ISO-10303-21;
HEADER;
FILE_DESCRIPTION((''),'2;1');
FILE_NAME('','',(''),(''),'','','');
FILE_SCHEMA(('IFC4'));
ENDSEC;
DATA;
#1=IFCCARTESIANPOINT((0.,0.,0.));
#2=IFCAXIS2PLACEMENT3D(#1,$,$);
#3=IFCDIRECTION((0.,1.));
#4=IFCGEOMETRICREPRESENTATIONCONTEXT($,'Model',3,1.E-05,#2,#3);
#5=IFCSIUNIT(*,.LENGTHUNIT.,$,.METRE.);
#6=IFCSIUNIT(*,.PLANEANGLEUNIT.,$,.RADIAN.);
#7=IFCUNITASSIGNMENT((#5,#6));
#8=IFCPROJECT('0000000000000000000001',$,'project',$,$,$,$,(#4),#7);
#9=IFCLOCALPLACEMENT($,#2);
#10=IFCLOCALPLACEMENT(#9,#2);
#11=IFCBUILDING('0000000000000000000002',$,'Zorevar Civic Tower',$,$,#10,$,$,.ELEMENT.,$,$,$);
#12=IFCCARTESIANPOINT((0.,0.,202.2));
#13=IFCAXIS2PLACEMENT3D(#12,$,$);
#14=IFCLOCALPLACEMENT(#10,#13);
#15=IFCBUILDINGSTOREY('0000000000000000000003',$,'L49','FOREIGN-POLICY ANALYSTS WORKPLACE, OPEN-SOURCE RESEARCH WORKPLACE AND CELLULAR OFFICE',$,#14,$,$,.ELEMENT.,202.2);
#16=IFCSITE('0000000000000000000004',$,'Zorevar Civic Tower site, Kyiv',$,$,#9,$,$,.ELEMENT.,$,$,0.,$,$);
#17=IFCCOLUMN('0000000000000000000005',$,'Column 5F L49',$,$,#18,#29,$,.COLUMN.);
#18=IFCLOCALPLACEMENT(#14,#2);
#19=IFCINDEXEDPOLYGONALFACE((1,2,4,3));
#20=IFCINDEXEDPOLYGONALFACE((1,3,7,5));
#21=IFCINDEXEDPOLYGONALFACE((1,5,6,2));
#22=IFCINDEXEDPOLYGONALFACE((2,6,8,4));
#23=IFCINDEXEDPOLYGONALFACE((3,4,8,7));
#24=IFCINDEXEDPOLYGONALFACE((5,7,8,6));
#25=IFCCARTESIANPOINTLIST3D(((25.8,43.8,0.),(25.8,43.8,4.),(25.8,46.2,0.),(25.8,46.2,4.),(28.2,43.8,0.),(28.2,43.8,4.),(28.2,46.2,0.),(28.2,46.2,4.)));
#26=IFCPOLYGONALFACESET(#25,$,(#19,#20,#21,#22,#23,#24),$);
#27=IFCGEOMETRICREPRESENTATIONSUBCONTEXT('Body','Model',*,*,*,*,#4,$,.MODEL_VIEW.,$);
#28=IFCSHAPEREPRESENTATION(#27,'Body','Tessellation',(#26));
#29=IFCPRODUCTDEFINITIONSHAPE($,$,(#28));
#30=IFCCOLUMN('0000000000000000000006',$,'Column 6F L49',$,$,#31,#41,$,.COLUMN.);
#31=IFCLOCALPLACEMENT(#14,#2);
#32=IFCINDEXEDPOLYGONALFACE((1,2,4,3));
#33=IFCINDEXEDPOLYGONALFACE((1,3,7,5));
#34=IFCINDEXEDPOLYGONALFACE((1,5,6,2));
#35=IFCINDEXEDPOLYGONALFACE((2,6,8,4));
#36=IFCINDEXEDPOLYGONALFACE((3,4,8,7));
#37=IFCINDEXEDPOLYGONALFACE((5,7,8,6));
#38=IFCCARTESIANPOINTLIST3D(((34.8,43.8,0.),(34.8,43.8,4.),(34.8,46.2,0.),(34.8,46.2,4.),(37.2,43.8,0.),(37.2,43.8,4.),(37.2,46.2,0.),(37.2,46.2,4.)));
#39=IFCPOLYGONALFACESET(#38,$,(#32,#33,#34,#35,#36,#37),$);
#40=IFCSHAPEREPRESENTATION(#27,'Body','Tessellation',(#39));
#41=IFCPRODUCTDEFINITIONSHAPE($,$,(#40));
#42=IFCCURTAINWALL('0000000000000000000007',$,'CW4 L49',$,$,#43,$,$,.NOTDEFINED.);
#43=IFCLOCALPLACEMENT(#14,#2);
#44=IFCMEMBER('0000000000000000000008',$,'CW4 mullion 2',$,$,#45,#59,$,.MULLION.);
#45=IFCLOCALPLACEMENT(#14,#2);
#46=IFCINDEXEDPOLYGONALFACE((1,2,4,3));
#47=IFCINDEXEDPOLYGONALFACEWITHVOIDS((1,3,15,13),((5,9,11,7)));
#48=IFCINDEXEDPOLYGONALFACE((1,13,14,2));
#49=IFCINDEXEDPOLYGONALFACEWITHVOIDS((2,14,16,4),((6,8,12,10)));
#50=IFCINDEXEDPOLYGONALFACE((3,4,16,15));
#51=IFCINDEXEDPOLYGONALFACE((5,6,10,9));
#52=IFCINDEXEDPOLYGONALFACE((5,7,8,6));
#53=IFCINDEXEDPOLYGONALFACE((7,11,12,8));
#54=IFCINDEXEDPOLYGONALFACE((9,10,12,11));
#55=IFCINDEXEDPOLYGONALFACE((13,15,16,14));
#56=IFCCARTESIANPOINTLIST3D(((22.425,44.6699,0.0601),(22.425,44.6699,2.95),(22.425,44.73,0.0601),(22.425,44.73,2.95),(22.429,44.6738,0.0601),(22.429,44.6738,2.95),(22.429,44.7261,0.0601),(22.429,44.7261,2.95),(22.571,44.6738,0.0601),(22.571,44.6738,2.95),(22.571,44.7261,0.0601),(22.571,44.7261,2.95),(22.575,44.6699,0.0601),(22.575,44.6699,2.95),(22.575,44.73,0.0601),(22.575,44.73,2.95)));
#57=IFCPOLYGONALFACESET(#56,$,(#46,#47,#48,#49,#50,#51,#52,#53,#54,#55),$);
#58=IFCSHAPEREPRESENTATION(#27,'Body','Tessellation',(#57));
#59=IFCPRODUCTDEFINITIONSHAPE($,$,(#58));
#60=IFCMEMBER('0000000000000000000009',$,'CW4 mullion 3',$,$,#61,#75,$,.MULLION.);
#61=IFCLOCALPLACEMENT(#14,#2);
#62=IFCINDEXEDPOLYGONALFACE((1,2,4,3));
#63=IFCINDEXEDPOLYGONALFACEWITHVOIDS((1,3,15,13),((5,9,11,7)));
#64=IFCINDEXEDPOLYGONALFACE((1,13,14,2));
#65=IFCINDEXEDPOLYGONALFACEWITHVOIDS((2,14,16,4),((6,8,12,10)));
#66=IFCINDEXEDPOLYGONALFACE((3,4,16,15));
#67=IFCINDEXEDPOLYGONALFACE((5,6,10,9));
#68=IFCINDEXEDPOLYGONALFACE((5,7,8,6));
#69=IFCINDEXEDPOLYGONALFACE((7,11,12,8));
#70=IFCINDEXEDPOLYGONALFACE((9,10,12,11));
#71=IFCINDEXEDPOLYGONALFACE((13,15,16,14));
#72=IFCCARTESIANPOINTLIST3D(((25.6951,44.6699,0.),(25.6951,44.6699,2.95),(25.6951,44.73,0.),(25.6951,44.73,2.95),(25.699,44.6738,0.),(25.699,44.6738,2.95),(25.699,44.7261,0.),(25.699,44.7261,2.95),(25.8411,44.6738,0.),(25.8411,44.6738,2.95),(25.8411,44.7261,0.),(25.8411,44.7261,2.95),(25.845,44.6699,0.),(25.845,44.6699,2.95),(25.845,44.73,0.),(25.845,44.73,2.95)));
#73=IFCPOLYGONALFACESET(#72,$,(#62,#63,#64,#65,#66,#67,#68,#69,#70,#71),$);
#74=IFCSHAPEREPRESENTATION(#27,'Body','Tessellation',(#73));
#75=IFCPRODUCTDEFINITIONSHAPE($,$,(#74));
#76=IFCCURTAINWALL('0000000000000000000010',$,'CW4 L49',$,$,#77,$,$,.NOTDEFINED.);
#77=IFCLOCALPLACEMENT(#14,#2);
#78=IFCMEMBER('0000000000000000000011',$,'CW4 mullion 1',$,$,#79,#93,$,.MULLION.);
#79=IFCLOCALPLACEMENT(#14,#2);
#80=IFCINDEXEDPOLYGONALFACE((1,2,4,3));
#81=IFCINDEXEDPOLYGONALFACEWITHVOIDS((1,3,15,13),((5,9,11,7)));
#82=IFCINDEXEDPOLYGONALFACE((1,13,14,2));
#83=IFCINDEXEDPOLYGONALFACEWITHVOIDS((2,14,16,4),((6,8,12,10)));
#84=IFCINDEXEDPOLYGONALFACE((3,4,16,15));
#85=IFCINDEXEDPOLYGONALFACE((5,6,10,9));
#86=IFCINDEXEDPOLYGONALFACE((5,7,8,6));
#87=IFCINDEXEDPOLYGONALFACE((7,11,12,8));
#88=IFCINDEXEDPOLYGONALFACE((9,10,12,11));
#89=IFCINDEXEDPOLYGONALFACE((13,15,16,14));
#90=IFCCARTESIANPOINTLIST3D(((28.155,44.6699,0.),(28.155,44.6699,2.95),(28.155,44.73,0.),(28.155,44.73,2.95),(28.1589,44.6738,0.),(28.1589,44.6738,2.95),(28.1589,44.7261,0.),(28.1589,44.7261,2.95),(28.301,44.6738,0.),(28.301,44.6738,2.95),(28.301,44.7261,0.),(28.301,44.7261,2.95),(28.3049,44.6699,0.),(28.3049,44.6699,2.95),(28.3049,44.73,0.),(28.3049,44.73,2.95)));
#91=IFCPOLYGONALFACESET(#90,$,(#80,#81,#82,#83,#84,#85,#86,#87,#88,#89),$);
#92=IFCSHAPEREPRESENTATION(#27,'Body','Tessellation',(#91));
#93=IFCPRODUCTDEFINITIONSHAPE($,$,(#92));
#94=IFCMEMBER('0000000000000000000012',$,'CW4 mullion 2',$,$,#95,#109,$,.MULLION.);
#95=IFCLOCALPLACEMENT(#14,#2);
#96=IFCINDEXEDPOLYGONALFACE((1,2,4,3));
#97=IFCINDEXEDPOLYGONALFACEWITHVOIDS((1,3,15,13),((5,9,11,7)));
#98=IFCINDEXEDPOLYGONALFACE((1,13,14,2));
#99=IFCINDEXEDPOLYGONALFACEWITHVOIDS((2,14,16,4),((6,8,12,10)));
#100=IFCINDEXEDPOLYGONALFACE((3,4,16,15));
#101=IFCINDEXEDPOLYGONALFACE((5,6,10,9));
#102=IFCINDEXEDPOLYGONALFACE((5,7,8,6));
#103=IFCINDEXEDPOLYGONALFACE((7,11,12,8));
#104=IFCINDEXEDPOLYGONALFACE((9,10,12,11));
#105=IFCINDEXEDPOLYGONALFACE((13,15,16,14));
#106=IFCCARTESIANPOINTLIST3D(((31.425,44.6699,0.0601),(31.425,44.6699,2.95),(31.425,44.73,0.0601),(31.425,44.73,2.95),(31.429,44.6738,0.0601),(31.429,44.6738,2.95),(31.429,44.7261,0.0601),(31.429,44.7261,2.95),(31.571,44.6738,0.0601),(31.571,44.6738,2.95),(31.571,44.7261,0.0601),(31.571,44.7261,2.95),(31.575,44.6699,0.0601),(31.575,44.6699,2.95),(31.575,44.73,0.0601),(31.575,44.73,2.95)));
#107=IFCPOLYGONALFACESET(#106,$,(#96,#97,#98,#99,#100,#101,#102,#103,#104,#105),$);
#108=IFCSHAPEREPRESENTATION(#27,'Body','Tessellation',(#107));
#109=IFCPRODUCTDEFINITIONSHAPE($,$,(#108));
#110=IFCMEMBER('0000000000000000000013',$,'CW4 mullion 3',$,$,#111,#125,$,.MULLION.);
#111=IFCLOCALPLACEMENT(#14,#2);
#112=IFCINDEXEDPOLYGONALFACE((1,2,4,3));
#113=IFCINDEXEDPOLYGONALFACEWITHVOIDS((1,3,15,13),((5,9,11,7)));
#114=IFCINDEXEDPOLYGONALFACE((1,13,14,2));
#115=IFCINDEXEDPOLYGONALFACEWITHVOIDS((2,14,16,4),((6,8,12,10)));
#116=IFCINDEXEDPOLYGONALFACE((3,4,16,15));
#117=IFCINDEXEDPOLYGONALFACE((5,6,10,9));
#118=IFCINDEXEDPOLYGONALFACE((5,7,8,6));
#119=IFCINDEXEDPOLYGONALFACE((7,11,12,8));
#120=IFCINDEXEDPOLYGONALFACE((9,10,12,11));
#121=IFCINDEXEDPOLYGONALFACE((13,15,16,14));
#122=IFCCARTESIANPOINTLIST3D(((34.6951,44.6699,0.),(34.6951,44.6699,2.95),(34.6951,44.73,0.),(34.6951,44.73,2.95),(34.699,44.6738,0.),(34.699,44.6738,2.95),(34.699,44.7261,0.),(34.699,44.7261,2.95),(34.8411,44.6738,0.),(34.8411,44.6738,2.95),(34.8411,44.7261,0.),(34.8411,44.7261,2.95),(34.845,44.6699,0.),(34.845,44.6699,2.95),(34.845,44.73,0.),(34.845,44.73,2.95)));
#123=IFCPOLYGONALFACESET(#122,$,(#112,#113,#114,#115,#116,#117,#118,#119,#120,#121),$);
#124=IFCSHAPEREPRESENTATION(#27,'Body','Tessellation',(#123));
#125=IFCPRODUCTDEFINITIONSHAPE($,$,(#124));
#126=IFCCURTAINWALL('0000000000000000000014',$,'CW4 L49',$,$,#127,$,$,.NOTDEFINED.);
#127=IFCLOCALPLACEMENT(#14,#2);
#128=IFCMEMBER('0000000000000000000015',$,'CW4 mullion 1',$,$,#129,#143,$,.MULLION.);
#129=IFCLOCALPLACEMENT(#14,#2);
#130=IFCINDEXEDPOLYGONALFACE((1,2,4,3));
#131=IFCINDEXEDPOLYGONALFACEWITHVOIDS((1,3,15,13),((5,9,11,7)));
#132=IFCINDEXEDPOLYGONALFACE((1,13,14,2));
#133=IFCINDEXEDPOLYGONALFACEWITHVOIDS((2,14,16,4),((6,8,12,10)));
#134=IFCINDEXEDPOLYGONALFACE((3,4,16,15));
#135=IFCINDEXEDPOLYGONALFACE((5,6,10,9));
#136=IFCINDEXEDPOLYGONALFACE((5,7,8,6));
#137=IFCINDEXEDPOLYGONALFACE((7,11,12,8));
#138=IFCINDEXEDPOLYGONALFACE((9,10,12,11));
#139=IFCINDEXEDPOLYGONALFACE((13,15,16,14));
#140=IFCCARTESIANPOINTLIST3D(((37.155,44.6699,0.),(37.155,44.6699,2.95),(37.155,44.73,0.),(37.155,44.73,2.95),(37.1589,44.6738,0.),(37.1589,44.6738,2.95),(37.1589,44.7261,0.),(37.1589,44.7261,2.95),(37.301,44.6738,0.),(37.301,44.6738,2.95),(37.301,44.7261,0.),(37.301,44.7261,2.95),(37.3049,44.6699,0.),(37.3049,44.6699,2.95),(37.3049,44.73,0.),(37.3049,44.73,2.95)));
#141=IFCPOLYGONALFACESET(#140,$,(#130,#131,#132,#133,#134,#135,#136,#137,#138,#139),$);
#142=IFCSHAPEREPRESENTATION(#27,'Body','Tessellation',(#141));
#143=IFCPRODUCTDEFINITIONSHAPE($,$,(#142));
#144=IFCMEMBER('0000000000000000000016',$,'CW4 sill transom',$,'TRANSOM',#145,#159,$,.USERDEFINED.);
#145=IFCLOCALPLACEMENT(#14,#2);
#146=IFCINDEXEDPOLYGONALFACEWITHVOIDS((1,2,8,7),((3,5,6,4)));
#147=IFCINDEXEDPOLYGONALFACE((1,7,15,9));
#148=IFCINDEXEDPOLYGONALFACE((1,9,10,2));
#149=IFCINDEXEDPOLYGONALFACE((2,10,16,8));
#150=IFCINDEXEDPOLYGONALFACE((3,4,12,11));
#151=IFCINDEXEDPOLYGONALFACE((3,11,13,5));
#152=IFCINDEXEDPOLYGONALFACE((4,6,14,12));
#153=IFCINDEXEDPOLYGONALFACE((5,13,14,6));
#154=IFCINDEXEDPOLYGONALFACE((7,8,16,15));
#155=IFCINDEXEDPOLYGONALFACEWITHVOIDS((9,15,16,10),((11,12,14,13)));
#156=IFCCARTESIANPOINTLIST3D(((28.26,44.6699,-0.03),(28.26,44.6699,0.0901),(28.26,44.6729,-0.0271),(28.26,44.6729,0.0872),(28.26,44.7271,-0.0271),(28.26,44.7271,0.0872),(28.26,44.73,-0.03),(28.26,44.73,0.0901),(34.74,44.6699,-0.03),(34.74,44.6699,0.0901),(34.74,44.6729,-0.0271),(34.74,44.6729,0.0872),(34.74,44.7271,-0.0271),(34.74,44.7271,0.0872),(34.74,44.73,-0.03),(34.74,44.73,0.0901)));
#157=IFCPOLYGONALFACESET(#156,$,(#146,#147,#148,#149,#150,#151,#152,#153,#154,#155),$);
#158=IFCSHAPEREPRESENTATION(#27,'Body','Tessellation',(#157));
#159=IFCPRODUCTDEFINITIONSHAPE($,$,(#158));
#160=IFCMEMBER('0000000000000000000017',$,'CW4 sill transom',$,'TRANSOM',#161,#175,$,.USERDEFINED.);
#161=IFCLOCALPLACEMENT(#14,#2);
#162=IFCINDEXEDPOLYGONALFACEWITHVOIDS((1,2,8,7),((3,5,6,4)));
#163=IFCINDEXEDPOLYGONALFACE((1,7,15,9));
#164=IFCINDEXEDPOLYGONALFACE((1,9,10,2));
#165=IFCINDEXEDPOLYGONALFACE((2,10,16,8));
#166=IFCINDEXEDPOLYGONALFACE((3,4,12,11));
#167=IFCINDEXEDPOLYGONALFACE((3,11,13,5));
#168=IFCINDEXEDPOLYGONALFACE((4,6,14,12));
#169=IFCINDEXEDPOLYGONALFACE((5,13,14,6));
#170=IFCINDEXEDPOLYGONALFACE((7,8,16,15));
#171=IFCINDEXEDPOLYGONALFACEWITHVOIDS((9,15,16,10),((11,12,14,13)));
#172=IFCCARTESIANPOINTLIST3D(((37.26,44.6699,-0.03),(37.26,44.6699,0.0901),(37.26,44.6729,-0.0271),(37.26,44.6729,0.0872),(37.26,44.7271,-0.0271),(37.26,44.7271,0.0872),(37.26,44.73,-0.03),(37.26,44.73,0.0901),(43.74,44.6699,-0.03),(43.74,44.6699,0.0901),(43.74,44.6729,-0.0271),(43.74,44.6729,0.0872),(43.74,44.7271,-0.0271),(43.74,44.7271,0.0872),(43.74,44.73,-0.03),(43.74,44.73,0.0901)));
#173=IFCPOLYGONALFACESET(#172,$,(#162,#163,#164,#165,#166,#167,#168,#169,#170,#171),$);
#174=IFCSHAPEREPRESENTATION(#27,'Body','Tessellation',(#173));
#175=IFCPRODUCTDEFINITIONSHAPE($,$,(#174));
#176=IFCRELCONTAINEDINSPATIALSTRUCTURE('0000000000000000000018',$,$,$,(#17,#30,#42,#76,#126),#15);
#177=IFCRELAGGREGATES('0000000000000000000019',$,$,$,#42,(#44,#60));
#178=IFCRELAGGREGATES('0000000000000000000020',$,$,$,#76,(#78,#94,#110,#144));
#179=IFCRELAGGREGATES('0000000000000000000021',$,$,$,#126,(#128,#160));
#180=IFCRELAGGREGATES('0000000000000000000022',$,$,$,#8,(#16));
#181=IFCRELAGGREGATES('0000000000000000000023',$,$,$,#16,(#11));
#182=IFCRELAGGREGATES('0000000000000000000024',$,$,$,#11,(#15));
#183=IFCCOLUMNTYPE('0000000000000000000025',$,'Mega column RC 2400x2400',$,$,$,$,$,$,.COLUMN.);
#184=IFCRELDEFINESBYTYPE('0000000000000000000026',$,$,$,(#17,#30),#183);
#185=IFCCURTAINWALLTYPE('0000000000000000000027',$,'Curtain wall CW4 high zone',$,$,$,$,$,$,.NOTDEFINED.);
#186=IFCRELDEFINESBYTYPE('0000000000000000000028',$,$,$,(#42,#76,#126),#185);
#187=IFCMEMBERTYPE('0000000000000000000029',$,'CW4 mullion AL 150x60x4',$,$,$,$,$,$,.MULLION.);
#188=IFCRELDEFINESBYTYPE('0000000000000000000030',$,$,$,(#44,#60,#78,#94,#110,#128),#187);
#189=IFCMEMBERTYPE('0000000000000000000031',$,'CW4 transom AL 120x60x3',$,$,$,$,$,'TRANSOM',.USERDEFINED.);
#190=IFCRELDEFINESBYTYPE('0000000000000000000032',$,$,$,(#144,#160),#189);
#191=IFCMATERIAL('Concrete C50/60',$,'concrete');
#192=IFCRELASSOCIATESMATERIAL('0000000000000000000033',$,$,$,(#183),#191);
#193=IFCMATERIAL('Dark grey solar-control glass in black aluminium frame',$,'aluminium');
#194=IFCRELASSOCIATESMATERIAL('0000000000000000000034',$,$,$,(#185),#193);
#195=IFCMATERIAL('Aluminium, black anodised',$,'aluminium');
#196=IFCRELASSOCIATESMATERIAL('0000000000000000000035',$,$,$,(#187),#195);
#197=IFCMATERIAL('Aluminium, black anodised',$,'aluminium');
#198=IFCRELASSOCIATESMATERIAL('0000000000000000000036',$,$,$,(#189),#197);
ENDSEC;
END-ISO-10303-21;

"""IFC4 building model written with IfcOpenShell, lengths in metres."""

from ifc_helpers import new_model, si_unit, direction, frame, origin, origin_2d, place, context, subcontext, project, spatial, rectangle, hollow_rectangle, extrude, material, material_profile, profile_set, type_object, element, aggregate, save


model = new_model("IFC4")

# Units and contexts
model_context = context("Model", 3, precision=1e-05, world=origin(), true_north=direction((0.0, 1.0)))
body_context = subcontext(model_context, "Body", "Model", "MODEL_VIEW")
ifc_project = project(units=[si_unit("LENGTHUNIT", "METRE"), si_unit("PLANEANGLEUNIT", "RADIAN")], contexts=[model_context])

# Site, building, storey
site_placement = place(None, origin())
site = spatial("IfcSite", under=ifc_project, at=site_placement, Name="Zorevar Civic Tower site, Kyiv", CompositionType="ELEMENT", RefElevation=0.0)
building_placement = place(site_placement, origin())
building = spatial("IfcBuilding", under=site, at=building_placement, Name="Zorevar Civic Tower", CompositionType="ELEMENT")
storey_placement = place(building_placement, frame((0.0, 0.0, 202.2)))
storey = spatial("IfcBuildingStorey", under=building, at=storey_placement, Name="L49", Description="FOREIGN-POLICY ANALYSTS WORKPLACE, OPEN-SOURCE RESEARCH WORKPLACE AND CELLULAR OFFICE", CompositionType="ELEMENT", Elevation=202.2)

# Columns
ifc_material_1 = material(Name="Concrete C50/60", Category="concrete")
ifc_material_profile_1 = material_profile(ifc_material_1, rectangle(XDim=2.3999, YDim=2.3999, at=origin_2d()), Name="RC 2400x2400")
ifc_profile_set_1 = profile_set([ifc_material_profile_1], Name="Concrete C50/60")
column_type = type_object("IfcColumnType", Name="Mega column RC 2400x2400", PredefinedType="COLUMN", material=ifc_profile_set_1)
for number, where, z_axis, x_axis, name in (
    (1, (27.0, 45.0, 0.0), (0.0, 0.0, 1.0), (1.0, 0.0, 0.0), "Column 5F L49"),
    (2, (36.0, 45.0, 0.0), (0.0, 0.0, 1.0), (1.0, 0.0, 0.0), "Column 6F L49"),
):
    element("IfcColumn", number, at=place(storey_placement, frame(where, z_axis=z_axis, x_axis=x_axis)), inside=storey, type_object=column_type, Name=name, PredefinedType="COLUMN", context=body_context, shape_type="SweptSolid", body=[
        extrude(rectangle(XDim=2.3999, YDim=2.3999, at=origin_2d()), origin(), (0.0, 0.0, 1.0), 4.0),
    ])

# Curtain walls, members
ifc_material_2 = material(Name="Dark grey solar-control glass in black aluminium frame", Category="aluminium")
curtain_wall_type = type_object("IfcCurtainWallType", Name="Curtain wall CW4 high zone", PredefinedType="NOTDEFINED", material=ifc_material_2)
curtain_wall_1_placement = place(storey_placement, origin())
curtain_wall_1 = element("IfcCurtainWall", 3, at=curtain_wall_1_placement, inside=storey, type_object=curtain_wall_type, Name="CW4 L49", PredefinedType="NOTDEFINED")
ifc_material_3 = material(Name="Aluminium, black anodised", Category="aluminium")
ifc_material_profile_2 = material_profile(ifc_material_3, hollow_rectangle(XDim=0.0601, YDim=0.1499, WallThickness=0.0039, at=origin_2d()), Name="AL 150x60x4")
ifc_profile_set_2 = profile_set([ifc_material_profile_2], Name="Aluminium, black anodised")
member_type_1 = type_object("IfcMemberType", Name="CW4 mullion AL 150x60x4", PredefinedType="MULLION", material=ifc_profile_set_2)
member_1_placement = place(storey_placement, frame((22.5, 44.7, 0.0601), z_axis=(0.0, 0.0, 1.0), x_axis=(0.0, 1.0, 0.0)))
member_1 = element("IfcMember", 4, at=member_1_placement, type_object=member_type_1, Name="CW4 mullion 2", PredefinedType="MULLION", context=body_context, shape_type="SweptSolid", body=[
    extrude(hollow_rectangle(XDim=0.0601, YDim=0.1499, WallThickness=0.0039, at=origin_2d()), origin(), (0.0, 0.0, 1.0), 2.8899),
])
member_2_placement = place(storey_placement, frame((25.77, 44.7, 0.0), z_axis=(0.0, 0.0, 1.0), x_axis=(0.0, 1.0, 0.0)))
member_2 = element("IfcMember", 5, at=member_2_placement, type_object=member_type_1, Name="CW4 mullion 3", PredefinedType="MULLION", context=body_context, shape_type="SweptSolid", body=[
    extrude(hollow_rectangle(XDim=0.0601, YDim=0.1499, WallThickness=0.0039, at=origin_2d()), origin(), (0.0, 0.0, 1.0), 2.95),
])
curtain_wall_2_placement = place(storey_placement, origin())
curtain_wall_2 = element("IfcCurtainWall", 6, at=curtain_wall_2_placement, inside=storey, type_object=curtain_wall_type, Name="CW4 L49", PredefinedType="NOTDEFINED")
member_3_placement = place(storey_placement, frame((28.23, 44.7, 0.0), z_axis=(0.0, 0.0, 1.0), x_axis=(0.0, 1.0, 0.0)))
member_3 = element("IfcMember", 7, at=member_3_placement, type_object=member_type_1, Name="CW4 mullion 1", PredefinedType="MULLION", context=body_context, shape_type="SweptSolid", body=[
    extrude(hollow_rectangle(XDim=0.0601, YDim=0.1499, WallThickness=0.0039, at=origin_2d()), origin(), (0.0, 0.0, 1.0), 2.95),
])
member_4_placement = place(storey_placement, frame((31.5, 44.7, 0.0601), z_axis=(0.0, 0.0, 1.0), x_axis=(0.0, 1.0, 0.0)))
member_4 = element("IfcMember", 8, at=member_4_placement, type_object=member_type_1, Name="CW4 mullion 2", PredefinedType="MULLION", context=body_context, shape_type="SweptSolid", body=[
    extrude(hollow_rectangle(XDim=0.0601, YDim=0.1499, WallThickness=0.0039, at=origin_2d()), origin(), (0.0, 0.0, 1.0), 2.8899),
])
member_5_placement = place(storey_placement, frame((34.77, 44.7, 0.0), z_axis=(0.0, 0.0, 1.0), x_axis=(0.0, 1.0, 0.0)))
member_5 = element("IfcMember", 9, at=member_5_placement, type_object=member_type_1, Name="CW4 mullion 3", PredefinedType="MULLION", context=body_context, shape_type="SweptSolid", body=[
    extrude(hollow_rectangle(XDim=0.0601, YDim=0.1499, WallThickness=0.0039, at=origin_2d()), origin(), (0.0, 0.0, 1.0), 2.95),
])

# Curtain wall, member
curtain_wall_3_placement = place(storey_placement, origin())
curtain_wall_3 = element("IfcCurtainWall", 10, at=curtain_wall_3_placement, inside=storey, type_object=curtain_wall_type, Name="CW4 L49", PredefinedType="NOTDEFINED")
member_6_placement = place(storey_placement, frame((37.23, 44.7, 0.0), z_axis=(0.0, 0.0, 1.0), x_axis=(0.0, 1.0, 0.0)))
member_6 = element("IfcMember", 11, at=member_6_placement, type_object=member_type_1, Name="CW4 mullion 1", PredefinedType="MULLION", context=body_context, shape_type="SweptSolid", body=[
    extrude(hollow_rectangle(XDim=0.0601, YDim=0.1499, WallThickness=0.0039, at=origin_2d()), origin(), (0.0, 0.0, 1.0), 2.95),
])

# Members
ifc_material_4 = material(Name="Aluminium, black anodised", Category="aluminium")
ifc_material_profile_3 = material_profile(ifc_material_4, hollow_rectangle(XDim=0.0601, YDim=0.1201, WallThickness=0.0029, at=origin_2d()), Name="AL 120x60x3")
ifc_profile_set_3 = profile_set([ifc_material_profile_3], Name="Aluminium, black anodised")
member_type_2 = type_object("IfcMemberType", Name="CW4 transom AL 120x60x3", ElementType="TRANSOM", PredefinedType="USERDEFINED", material=ifc_profile_set_3)
member_7_placement = place(storey_placement, frame((28.26, 44.7, 0.03), z_axis=(1.0, 0.0, 0.0), x_axis=(0.0, 1.0, 0.0)))
member_7 = element("IfcMember", 12, at=member_7_placement, type_object=member_type_2, Name="CW4 sill transom", ObjectType="TRANSOM", PredefinedType="USERDEFINED", context=body_context, shape_type="SweptSolid", body=[
    extrude(hollow_rectangle(XDim=0.0601, YDim=0.1201, WallThickness=0.0029, at=origin_2d()), origin(), (0.0, 0.0, 1.0), 6.48),
])
member_8_placement = place(storey_placement, frame((37.26, 44.7, 0.03), z_axis=(1.0, 0.0, 0.0), x_axis=(0.0, 1.0, 0.0)))
member_8 = element("IfcMember", 13, at=member_8_placement, type_object=member_type_2, Name="CW4 sill transom", ObjectType="TRANSOM", PredefinedType="USERDEFINED", context=body_context, shape_type="SweptSolid", body=[
    extrude(hollow_rectangle(XDim=0.0601, YDim=0.1201, WallThickness=0.0029, at=origin_2d()), origin(), (0.0, 0.0, 1.0), 6.48),
])

aggregate(curtain_wall_1, [member_1, member_2])
aggregate(curtain_wall_2, [member_3, member_4, member_5, member_7])
aggregate(curtain_wall_3, [member_6, member_8])

save(model, "model.ifc")
